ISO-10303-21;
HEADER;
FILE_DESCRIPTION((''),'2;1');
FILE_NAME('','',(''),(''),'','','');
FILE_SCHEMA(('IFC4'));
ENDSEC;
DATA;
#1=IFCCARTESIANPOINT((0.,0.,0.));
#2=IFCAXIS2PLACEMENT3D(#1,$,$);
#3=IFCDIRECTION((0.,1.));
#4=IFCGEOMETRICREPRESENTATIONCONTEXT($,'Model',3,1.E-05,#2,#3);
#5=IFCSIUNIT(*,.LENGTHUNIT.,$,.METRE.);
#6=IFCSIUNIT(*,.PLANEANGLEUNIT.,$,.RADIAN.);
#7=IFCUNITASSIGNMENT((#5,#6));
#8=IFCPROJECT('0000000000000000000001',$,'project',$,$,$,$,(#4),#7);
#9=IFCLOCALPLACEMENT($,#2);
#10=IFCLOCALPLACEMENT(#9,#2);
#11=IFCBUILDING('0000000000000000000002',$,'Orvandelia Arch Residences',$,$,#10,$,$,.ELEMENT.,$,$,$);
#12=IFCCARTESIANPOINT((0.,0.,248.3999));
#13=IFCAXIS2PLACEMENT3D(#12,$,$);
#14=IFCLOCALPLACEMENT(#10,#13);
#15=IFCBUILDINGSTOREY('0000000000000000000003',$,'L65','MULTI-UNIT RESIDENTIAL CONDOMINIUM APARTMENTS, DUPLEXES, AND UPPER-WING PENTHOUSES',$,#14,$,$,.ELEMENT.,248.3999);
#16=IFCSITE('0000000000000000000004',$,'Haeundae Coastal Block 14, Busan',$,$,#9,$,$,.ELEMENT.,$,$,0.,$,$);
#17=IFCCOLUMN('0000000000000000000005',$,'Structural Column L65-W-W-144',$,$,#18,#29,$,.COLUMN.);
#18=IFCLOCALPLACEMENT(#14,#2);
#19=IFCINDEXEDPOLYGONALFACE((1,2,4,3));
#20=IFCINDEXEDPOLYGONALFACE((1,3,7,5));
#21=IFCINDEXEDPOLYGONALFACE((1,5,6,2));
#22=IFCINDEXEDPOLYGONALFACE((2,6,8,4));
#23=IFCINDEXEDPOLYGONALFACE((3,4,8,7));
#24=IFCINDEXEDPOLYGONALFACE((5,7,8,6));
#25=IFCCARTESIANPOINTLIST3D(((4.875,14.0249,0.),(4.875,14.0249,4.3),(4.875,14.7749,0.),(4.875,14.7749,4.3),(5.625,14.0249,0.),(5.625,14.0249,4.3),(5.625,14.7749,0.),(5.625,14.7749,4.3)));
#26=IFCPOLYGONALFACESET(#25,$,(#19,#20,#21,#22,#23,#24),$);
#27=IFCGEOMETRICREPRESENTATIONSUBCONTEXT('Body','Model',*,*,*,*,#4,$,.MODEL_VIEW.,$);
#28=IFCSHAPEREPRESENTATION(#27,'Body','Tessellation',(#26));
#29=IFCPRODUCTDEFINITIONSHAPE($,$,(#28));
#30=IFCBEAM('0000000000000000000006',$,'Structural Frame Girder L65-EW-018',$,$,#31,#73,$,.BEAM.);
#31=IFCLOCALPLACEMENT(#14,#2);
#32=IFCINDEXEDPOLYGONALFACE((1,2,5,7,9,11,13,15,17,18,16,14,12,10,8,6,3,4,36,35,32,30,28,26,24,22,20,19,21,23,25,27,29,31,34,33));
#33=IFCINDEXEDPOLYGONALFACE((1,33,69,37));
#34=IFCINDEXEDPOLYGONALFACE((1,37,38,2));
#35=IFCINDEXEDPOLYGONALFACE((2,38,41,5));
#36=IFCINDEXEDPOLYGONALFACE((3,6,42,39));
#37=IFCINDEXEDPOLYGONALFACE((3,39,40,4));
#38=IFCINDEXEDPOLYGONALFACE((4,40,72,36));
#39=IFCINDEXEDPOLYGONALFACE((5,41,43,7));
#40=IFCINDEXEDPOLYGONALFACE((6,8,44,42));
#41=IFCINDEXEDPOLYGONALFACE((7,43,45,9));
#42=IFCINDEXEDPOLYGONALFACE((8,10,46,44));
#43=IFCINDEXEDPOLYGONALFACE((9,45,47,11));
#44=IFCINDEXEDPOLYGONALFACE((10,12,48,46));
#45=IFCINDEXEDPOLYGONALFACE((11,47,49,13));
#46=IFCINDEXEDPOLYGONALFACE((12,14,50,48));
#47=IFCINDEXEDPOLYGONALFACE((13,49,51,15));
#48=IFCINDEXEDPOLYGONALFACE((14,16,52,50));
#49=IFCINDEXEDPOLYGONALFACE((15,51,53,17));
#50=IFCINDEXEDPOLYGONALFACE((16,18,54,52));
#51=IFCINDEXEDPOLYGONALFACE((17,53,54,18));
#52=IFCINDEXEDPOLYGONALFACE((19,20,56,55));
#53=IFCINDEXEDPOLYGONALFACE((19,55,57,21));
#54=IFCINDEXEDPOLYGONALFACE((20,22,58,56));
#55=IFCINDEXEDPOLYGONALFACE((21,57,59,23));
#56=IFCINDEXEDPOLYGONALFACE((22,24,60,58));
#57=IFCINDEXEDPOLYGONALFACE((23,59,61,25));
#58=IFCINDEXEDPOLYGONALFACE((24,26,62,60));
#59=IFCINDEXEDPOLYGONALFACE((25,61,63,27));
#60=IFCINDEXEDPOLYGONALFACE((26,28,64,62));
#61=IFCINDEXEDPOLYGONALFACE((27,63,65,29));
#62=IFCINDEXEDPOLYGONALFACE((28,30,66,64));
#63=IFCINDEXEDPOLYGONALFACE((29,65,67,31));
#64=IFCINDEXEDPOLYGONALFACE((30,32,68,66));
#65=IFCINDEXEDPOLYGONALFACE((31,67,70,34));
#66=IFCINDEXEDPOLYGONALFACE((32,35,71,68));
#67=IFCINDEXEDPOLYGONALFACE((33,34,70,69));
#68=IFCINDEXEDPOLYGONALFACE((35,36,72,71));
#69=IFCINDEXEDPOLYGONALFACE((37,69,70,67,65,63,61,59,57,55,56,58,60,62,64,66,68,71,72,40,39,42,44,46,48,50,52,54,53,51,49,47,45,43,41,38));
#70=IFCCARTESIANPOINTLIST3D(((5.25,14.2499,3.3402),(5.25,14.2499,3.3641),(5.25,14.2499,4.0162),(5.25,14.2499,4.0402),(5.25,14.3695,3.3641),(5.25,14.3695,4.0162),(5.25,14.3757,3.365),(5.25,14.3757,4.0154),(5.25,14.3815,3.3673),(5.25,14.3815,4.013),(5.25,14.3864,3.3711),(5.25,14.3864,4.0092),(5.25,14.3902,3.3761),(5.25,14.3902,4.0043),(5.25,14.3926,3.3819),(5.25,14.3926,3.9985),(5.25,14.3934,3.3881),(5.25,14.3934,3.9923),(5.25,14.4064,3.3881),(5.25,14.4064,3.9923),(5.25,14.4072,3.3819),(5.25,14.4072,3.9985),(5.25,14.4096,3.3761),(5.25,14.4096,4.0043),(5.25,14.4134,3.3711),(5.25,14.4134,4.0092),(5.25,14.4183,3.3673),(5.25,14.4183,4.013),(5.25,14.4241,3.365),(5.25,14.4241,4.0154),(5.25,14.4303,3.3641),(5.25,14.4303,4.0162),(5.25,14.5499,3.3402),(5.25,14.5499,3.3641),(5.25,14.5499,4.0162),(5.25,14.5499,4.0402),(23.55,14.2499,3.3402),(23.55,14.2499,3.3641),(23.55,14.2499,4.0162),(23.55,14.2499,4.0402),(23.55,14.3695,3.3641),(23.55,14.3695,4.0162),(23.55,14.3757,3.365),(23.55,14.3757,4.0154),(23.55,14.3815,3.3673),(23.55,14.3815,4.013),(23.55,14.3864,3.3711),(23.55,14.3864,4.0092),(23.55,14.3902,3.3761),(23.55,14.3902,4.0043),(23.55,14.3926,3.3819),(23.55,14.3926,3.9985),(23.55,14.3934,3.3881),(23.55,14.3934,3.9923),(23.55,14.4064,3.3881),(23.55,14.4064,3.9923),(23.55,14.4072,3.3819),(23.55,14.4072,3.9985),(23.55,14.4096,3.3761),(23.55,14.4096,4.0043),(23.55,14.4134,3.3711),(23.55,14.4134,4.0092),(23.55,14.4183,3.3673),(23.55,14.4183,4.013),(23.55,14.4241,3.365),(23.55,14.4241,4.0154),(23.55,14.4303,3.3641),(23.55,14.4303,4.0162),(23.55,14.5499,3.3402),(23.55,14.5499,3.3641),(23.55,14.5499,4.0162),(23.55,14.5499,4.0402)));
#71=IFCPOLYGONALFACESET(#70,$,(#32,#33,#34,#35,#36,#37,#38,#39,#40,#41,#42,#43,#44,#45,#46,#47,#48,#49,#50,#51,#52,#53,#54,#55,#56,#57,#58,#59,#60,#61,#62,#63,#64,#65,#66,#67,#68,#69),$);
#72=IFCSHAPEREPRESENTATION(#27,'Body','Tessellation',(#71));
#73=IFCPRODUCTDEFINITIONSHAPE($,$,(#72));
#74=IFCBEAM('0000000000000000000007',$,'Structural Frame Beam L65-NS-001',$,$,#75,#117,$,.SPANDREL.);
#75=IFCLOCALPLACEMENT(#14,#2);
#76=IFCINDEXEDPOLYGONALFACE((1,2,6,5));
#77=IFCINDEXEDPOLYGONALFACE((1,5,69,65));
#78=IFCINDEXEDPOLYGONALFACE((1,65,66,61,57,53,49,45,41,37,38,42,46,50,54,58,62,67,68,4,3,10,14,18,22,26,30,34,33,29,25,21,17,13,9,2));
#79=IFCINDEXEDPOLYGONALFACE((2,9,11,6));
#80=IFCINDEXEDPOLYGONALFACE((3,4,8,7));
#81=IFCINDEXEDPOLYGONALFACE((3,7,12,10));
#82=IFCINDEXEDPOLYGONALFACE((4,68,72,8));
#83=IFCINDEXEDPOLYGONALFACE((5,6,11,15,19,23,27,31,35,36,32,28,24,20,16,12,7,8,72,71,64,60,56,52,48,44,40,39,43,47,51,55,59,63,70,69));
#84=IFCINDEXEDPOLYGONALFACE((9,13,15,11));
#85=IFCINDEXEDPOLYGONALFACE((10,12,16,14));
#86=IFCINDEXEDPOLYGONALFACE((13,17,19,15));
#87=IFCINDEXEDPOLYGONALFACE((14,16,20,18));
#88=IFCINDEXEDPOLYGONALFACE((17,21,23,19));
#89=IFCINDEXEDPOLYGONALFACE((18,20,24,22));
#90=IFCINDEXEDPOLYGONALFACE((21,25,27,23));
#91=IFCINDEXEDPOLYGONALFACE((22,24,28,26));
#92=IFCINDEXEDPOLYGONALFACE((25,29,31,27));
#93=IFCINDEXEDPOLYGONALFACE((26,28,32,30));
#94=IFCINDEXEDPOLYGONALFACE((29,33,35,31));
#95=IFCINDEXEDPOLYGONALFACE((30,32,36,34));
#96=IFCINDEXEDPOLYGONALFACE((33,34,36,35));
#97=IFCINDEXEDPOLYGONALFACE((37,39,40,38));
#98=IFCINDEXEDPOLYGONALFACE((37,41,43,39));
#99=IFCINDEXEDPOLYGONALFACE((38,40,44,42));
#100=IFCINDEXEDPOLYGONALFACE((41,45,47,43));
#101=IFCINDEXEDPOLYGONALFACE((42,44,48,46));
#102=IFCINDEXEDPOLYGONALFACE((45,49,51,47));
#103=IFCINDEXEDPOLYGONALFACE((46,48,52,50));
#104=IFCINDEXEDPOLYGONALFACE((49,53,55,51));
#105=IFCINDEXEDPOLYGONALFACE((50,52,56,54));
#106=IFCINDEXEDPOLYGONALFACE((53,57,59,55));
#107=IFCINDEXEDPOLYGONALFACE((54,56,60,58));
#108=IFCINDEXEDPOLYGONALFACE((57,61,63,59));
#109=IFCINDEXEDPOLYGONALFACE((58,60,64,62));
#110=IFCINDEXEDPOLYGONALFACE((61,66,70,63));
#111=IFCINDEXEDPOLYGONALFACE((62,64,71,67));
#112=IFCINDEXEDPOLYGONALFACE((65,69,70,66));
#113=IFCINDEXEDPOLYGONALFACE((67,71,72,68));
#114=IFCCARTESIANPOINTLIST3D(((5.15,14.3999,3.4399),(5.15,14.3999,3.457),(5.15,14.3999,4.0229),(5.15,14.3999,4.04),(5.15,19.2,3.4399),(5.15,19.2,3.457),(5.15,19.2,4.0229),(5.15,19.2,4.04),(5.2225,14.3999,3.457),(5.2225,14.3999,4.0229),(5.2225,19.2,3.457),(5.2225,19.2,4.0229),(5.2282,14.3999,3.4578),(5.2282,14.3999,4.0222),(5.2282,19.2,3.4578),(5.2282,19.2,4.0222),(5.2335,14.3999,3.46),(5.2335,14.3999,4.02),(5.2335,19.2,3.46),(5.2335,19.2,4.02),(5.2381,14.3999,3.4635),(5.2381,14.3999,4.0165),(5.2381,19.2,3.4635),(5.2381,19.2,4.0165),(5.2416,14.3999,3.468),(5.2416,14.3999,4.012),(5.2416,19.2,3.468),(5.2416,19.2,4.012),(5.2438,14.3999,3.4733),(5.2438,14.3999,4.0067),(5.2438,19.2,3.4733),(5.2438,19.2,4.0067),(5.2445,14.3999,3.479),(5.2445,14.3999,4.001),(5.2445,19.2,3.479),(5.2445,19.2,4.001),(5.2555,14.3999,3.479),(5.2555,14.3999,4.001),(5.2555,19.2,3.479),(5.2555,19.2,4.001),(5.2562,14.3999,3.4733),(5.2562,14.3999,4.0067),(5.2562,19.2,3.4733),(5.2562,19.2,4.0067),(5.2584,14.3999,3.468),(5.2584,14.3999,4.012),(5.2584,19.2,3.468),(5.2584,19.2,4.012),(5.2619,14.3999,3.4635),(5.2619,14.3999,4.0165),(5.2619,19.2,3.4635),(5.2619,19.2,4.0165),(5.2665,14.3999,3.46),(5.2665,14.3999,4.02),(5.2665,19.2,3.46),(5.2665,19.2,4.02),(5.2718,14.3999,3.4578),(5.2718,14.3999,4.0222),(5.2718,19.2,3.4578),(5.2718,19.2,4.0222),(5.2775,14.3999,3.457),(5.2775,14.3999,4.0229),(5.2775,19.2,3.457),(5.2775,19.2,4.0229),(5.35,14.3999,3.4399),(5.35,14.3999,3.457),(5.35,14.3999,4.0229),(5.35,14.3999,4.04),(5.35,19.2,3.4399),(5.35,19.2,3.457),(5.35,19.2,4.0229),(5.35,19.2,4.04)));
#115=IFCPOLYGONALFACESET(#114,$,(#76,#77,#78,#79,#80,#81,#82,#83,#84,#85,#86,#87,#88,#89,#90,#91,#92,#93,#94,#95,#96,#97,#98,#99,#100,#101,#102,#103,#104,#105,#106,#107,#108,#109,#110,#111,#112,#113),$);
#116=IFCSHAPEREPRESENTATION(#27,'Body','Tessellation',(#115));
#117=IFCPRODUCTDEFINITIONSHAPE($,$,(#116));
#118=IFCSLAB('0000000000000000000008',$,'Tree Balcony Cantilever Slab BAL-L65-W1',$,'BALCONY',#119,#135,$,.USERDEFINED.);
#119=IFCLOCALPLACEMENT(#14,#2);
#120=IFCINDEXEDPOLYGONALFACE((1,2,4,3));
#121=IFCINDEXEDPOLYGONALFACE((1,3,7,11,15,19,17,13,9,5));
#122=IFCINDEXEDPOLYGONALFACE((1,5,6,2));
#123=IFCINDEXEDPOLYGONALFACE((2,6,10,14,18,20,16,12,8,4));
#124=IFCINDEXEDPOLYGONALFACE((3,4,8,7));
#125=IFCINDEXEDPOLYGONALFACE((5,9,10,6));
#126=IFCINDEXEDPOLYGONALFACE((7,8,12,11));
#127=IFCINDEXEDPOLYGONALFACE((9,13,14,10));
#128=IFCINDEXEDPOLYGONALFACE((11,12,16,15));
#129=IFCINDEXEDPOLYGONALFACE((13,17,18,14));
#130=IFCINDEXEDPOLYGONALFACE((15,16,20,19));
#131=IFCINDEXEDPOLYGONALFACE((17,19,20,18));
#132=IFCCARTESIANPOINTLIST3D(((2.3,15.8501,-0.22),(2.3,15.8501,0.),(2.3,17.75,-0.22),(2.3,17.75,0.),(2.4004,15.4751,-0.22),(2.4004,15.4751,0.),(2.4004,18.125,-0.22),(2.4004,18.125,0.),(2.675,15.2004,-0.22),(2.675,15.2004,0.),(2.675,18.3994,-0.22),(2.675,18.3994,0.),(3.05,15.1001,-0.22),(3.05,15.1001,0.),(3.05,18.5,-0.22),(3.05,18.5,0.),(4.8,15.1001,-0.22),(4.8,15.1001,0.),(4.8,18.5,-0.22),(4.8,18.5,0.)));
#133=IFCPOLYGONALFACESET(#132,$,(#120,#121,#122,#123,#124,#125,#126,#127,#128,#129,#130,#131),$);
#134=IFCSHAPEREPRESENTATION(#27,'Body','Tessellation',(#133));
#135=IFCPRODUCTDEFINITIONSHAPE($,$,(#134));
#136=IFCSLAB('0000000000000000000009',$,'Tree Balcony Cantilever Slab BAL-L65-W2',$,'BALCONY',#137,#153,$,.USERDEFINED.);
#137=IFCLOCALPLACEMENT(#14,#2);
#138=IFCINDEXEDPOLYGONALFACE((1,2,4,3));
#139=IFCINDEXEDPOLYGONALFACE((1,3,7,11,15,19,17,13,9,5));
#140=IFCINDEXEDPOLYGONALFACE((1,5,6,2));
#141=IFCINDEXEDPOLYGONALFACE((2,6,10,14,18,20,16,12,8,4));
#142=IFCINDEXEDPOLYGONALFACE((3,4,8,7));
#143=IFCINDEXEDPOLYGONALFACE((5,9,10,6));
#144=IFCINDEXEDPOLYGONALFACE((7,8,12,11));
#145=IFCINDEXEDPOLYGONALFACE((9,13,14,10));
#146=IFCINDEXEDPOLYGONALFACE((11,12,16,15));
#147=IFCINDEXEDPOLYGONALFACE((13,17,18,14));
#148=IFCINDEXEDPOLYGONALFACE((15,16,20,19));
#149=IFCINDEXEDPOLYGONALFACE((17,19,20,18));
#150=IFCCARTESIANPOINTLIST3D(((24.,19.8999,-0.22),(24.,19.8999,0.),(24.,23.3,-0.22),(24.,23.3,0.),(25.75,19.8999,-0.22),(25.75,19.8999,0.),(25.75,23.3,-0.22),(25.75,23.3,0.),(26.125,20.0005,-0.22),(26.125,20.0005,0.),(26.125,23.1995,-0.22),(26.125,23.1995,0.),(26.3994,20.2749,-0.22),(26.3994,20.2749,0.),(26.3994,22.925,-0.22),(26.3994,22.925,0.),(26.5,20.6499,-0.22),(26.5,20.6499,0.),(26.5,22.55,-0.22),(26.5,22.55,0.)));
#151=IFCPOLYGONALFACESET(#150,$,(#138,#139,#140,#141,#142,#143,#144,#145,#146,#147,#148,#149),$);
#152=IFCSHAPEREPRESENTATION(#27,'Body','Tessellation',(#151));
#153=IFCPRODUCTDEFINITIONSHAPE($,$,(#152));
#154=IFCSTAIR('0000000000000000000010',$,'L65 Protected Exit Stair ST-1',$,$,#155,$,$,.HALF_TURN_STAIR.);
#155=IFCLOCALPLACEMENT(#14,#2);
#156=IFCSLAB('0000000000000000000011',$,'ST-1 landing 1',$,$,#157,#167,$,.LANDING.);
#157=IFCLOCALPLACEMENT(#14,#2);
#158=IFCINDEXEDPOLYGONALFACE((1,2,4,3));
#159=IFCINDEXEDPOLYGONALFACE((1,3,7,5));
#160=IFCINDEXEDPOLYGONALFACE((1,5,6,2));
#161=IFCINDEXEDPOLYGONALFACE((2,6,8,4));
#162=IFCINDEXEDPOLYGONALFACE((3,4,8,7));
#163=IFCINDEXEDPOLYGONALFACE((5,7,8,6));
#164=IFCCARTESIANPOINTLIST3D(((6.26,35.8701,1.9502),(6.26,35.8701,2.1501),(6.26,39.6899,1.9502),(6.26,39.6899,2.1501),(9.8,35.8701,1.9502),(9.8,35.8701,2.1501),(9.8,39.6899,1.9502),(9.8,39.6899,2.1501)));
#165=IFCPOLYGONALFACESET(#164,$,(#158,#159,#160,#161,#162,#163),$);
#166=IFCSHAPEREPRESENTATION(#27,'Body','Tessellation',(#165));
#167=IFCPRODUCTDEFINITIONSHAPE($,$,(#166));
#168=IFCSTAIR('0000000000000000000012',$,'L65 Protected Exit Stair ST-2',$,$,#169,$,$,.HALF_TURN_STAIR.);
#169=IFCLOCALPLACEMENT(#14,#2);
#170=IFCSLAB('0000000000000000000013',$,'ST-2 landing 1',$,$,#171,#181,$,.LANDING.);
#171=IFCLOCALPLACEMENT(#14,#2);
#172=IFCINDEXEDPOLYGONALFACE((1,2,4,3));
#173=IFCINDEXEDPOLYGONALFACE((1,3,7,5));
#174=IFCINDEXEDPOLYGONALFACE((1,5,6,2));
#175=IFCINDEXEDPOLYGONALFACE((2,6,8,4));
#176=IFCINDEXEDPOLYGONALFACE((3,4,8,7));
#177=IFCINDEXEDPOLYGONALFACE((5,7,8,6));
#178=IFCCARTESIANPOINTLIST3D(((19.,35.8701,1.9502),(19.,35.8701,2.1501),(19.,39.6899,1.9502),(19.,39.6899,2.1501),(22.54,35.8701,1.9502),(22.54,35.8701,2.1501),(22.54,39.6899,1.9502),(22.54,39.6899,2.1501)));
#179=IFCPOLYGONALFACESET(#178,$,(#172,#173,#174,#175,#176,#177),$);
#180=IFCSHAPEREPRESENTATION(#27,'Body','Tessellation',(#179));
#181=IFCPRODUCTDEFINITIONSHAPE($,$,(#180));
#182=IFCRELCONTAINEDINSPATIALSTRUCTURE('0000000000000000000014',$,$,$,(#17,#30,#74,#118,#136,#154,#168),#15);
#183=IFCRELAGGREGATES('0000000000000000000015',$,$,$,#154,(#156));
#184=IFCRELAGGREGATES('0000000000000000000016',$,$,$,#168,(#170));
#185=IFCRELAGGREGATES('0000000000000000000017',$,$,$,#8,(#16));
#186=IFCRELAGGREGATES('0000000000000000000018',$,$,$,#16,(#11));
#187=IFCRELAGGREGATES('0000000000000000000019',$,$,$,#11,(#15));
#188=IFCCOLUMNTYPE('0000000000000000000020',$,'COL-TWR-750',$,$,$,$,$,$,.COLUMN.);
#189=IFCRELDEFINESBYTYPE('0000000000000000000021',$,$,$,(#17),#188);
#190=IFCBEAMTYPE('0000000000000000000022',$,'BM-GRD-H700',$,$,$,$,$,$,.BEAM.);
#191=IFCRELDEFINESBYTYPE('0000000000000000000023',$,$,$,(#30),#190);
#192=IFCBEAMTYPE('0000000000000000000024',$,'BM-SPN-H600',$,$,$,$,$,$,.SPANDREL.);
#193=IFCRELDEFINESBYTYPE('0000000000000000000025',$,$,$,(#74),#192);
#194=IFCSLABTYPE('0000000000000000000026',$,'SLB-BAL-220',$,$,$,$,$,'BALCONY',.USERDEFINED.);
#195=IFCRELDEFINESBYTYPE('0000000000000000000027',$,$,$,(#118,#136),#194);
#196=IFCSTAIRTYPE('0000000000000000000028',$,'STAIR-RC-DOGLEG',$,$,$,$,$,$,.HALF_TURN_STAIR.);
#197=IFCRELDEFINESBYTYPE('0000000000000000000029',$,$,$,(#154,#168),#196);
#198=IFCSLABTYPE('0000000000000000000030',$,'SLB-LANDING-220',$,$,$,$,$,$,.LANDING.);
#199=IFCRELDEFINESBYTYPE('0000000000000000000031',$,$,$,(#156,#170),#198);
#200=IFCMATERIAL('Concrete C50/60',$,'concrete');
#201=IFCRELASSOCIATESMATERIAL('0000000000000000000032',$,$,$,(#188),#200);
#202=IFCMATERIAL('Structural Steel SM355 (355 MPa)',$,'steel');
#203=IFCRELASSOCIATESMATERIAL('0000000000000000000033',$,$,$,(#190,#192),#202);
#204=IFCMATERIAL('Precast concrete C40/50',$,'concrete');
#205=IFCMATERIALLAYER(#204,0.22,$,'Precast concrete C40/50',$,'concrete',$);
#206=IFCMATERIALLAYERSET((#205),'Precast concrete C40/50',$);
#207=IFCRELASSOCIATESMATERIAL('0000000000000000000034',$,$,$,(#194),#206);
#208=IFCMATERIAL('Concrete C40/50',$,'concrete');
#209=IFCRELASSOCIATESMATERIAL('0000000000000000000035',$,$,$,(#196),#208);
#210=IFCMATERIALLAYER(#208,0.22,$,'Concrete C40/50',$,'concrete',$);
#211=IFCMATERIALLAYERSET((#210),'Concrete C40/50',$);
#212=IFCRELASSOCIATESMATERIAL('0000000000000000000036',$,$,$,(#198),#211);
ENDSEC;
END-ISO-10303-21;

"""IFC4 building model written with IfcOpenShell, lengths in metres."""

from ifc_helpers import new_model, si_unit, direction, frame, origin, origin_2d, place, context, subcontext, project, spatial, polyline, rectangle, i_section, outline, extrude, material, layer, layer_set, material_profile, profile_set, type_object, element, aggregate, save


model = new_model("IFC4")

# Units and contexts
model_context = context("Model", 3, precision=1e-05, world=origin(), true_north=direction((0.0, 1.0)))
body_context = subcontext(model_context, "Body", "Model", "MODEL_VIEW")
ifc_project = project(units=[si_unit("LENGTHUNIT", "METRE"), si_unit("PLANEANGLEUNIT", "RADIAN")], contexts=[model_context])

# Site, building, storey
site_placement = place(None, origin())
site = spatial("IfcSite", under=ifc_project, at=site_placement, Name="Haeundae Coastal Block 14, Busan", CompositionType="ELEMENT", RefElevation=0.0)
building_placement = place(site_placement, origin())
building = spatial("IfcBuilding", under=site, at=building_placement, Name="Orvandelia Arch Residences", CompositionType="ELEMENT")
storey_placement = place(building_placement, frame((0.0, 0.0, 248.3999)))
storey = spatial("IfcBuildingStorey", under=building, at=storey_placement, Name="L65", Description="MULTI-UNIT RESIDENTIAL CONDOMINIUM APARTMENTS, DUPLEXES, AND UPPER-WING PENTHOUSES", CompositionType="ELEMENT", Elevation=248.3999)

# Column
ifc_material_1 = material(Name="Concrete C50/60", Category="concrete")
ifc_material_profile_1 = material_profile(ifc_material_1, rectangle(XDim=0.75, YDim=0.75, at=origin_2d()), Name="Concrete C50/60", Category="concrete")
ifc_profile_set_1 = profile_set([ifc_material_profile_1], Name="Concrete C50/60")
column_type = type_object("IfcColumnType", Name="COL-TWR-750", PredefinedType="COLUMN", material=ifc_profile_set_1)
column_placement = place(storey_placement, frame((5.25, 14.3999, 0.0), z_axis=(0.0, 0.0, 1.0), x_axis=(1.0, 0.0, 0.0)))
element("IfcColumn", 1, at=column_placement, inside=storey, type_object=column_type, Name="Structural Column L65-W-W-144", PredefinedType="COLUMN", context=body_context, shape_type="SweptSolid", body=[
    extrude(rectangle(XDim=0.75, YDim=0.75, at=origin_2d()), origin(), (0.0, 0.0, 1.0), 4.3),
])

# Beams
ifc_material_2 = material(Name="Structural Steel SM355 (355 MPa)", Category="steel")
ifc_material_profile_2 = material_profile(ifc_material_2, i_section(OverallWidth=0.3, OverallDepth=0.7, WebThickness=0.0129, FlangeThickness=0.0239, FilletRadius=0.0239, at=origin_2d()), Name="Structural Steel SM355 (355 MPa)", Category="steel")
ifc_profile_set_2 = profile_set([ifc_material_profile_2], Name="Structural Steel SM355 (355 MPa)")
beam_type_1 = type_object("IfcBeamType", Name="BM-GRD-H700", PredefinedType="BEAM", material=ifc_profile_set_2)
beam_1_placement = place(storey_placement, frame((5.25, 14.3999, 3.6902), z_axis=(1.0, 0.0, 0.0), x_axis=(0.0, 1.0, 0.0)))
element("IfcBeam", 2, at=beam_1_placement, inside=storey, type_object=beam_type_1, Name="Structural Frame Girder L65-EW-018", PredefinedType="BEAM", context=body_context, shape_type="SweptSolid", body=[
    extrude(i_section(OverallWidth=0.3, OverallDepth=0.7, WebThickness=0.0129, FlangeThickness=0.0239, FilletRadius=0.0239, at=origin_2d()), origin(), (0.0, 0.0, 1.0), 18.3),
])
ifc_material_profile_3 = material_profile(ifc_material_2, i_section(OverallWidth=0.2, OverallDepth=0.6001, WebThickness=0.011, FlangeThickness=0.0171, FilletRadius=0.022, at=origin_2d()), Name="Structural Steel SM355 (355 MPa)", Category="steel")
ifc_profile_set_3 = profile_set([ifc_material_profile_3], Name="Structural Steel SM355 (355 MPa)")
beam_type_2 = type_object("IfcBeamType", Name="BM-SPN-H600", PredefinedType="SPANDREL", material=ifc_profile_set_3)
beam_2_placement = place(storey_placement, frame((5.25, 14.3999, 3.74), z_axis=(0.0, 1.0, 0.0), x_axis=(-1.0, 0.0, 0.0)))
element("IfcBeam", 3, at=beam_2_placement, inside=storey, type_object=beam_type_2, Name="Structural Frame Beam L65-NS-001", PredefinedType="SPANDREL", context=body_context, shape_type="SweptSolid", body=[
    extrude(i_section(OverallWidth=0.2, OverallDepth=0.6001, WebThickness=0.011, FlangeThickness=0.0171, FilletRadius=0.022, at=origin_2d()), origin(), (0.0, 0.0, 1.0), 4.8),
])

# Slabs
ifc_material_3 = material(Name="Precast concrete C40/50", Category="concrete")
ifc_layer_1 = layer(ifc_material_3, 0.22, Name="Precast concrete C40/50", Category="concrete")
ifc_layer_set_1 = layer_set([ifc_layer_1], Name="Precast concrete C40/50")
slab_type_1 = type_object("IfcSlabType", Name="SLB-BAL-220", ElementType="BALCONY", PredefinedType="USERDEFINED", material=ifc_layer_set_1)
slab_1_placement = place(storey_placement, frame((0.0, 0.0, -0.22)))
element("IfcSlab", 4, at=slab_1_placement, inside=storey, type_object=slab_type_1, Name="Tree Balcony Cantilever Slab BAL-L65-W1", ObjectType="BALCONY", PredefinedType="USERDEFINED", context=body_context, shape_type="SweptSolid", body=[
    extrude(outline(polyline([(4.8, 15.1001), (4.8, 18.5), (3.05, 18.5), (2.675, 18.3994), (2.4004, 18.125), (2.3, 17.75), (2.3, 15.8501), (2.4004, 15.4751), (2.675, 15.2004), (3.05, 15.1001), (4.8, 15.1001)])), origin(), (0.0, 0.0, 1.0), 0.22),
])
slab_2_placement = place(storey_placement, frame((0.0, 0.0, -0.22)))
element("IfcSlab", 5, at=slab_2_placement, inside=storey, type_object=slab_type_1, Name="Tree Balcony Cantilever Slab BAL-L65-W2", ObjectType="BALCONY", PredefinedType="USERDEFINED", context=body_context, shape_type="SweptSolid", body=[
    extrude(outline(polyline([(24.0, 23.3), (24.0, 19.8999), (25.75, 19.8999), (26.125, 20.0005), (26.3994, 20.2749), (26.5, 20.6499), (26.5, 22.55), (26.3994, 22.925), (26.125, 23.1995), (25.75, 23.3), (24.0, 23.3)])), origin(), (0.0, 0.0, 1.0), 0.22),
])

# Stairs, slabs
ifc_material_4 = material(Name="Concrete C40/50", Category="concrete")
stair_type = type_object("IfcStairType", Name="STAIR-RC-DOGLEG", PredefinedType="HALF_TURN_STAIR", material=ifc_material_4)
stair_1_placement = place(storey_placement, origin())
stair_1 = element("IfcStair", 6, at=stair_1_placement, inside=storey, type_object=stair_type, Name="L65 Protected Exit Stair ST-1", PredefinedType="HALF_TURN_STAIR")
ifc_layer_2 = layer(ifc_material_4, 0.22, Name="Concrete C40/50", Category="concrete")
ifc_layer_set_2 = layer_set([ifc_layer_2], Name="Concrete C40/50")
slab_type_2 = type_object("IfcSlabType", Name="SLB-LANDING-220", PredefinedType="LANDING", material=ifc_layer_set_2)
slab_3_placement = place(storey_placement, frame((0.0, 0.0, 1.9502)))
slab_3 = element("IfcSlab", 7, at=slab_3_placement, type_object=slab_type_2, Name="ST-1 landing 1", PredefinedType="LANDING", context=body_context, shape_type="SweptSolid", body=[
    extrude(outline(polyline([(9.8, 35.8701), (9.8, 39.6899), (6.26, 39.6899), (6.26, 35.8701), (9.8, 35.8701)])), origin(), (0.0, 0.0, 1.0), 0.2),
])
aggregate(stair_1, [slab_3])
stair_2_placement = place(storey_placement, origin())
stair_2 = element("IfcStair", 8, at=stair_2_placement, inside=storey, type_object=stair_type, Name="L65 Protected Exit Stair ST-2", PredefinedType="HALF_TURN_STAIR")
slab_4_placement = place(storey_placement, frame((0.0, 0.0, 1.9502)))
slab_4 = element("IfcSlab", 9, at=slab_4_placement, type_object=slab_type_2, Name="ST-2 landing 1", PredefinedType="LANDING", context=body_context, shape_type="SweptSolid", body=[
    extrude(outline(polyline([(22.54, 35.8701), (22.54, 39.6899), (19.0, 39.6899), (19.0, 35.8701), (22.54, 35.8701)])), origin(), (0.0, 0.0, 1.0), 0.2),
])
aggregate(stair_2, [slab_4])

save(model, "model.ifc")
